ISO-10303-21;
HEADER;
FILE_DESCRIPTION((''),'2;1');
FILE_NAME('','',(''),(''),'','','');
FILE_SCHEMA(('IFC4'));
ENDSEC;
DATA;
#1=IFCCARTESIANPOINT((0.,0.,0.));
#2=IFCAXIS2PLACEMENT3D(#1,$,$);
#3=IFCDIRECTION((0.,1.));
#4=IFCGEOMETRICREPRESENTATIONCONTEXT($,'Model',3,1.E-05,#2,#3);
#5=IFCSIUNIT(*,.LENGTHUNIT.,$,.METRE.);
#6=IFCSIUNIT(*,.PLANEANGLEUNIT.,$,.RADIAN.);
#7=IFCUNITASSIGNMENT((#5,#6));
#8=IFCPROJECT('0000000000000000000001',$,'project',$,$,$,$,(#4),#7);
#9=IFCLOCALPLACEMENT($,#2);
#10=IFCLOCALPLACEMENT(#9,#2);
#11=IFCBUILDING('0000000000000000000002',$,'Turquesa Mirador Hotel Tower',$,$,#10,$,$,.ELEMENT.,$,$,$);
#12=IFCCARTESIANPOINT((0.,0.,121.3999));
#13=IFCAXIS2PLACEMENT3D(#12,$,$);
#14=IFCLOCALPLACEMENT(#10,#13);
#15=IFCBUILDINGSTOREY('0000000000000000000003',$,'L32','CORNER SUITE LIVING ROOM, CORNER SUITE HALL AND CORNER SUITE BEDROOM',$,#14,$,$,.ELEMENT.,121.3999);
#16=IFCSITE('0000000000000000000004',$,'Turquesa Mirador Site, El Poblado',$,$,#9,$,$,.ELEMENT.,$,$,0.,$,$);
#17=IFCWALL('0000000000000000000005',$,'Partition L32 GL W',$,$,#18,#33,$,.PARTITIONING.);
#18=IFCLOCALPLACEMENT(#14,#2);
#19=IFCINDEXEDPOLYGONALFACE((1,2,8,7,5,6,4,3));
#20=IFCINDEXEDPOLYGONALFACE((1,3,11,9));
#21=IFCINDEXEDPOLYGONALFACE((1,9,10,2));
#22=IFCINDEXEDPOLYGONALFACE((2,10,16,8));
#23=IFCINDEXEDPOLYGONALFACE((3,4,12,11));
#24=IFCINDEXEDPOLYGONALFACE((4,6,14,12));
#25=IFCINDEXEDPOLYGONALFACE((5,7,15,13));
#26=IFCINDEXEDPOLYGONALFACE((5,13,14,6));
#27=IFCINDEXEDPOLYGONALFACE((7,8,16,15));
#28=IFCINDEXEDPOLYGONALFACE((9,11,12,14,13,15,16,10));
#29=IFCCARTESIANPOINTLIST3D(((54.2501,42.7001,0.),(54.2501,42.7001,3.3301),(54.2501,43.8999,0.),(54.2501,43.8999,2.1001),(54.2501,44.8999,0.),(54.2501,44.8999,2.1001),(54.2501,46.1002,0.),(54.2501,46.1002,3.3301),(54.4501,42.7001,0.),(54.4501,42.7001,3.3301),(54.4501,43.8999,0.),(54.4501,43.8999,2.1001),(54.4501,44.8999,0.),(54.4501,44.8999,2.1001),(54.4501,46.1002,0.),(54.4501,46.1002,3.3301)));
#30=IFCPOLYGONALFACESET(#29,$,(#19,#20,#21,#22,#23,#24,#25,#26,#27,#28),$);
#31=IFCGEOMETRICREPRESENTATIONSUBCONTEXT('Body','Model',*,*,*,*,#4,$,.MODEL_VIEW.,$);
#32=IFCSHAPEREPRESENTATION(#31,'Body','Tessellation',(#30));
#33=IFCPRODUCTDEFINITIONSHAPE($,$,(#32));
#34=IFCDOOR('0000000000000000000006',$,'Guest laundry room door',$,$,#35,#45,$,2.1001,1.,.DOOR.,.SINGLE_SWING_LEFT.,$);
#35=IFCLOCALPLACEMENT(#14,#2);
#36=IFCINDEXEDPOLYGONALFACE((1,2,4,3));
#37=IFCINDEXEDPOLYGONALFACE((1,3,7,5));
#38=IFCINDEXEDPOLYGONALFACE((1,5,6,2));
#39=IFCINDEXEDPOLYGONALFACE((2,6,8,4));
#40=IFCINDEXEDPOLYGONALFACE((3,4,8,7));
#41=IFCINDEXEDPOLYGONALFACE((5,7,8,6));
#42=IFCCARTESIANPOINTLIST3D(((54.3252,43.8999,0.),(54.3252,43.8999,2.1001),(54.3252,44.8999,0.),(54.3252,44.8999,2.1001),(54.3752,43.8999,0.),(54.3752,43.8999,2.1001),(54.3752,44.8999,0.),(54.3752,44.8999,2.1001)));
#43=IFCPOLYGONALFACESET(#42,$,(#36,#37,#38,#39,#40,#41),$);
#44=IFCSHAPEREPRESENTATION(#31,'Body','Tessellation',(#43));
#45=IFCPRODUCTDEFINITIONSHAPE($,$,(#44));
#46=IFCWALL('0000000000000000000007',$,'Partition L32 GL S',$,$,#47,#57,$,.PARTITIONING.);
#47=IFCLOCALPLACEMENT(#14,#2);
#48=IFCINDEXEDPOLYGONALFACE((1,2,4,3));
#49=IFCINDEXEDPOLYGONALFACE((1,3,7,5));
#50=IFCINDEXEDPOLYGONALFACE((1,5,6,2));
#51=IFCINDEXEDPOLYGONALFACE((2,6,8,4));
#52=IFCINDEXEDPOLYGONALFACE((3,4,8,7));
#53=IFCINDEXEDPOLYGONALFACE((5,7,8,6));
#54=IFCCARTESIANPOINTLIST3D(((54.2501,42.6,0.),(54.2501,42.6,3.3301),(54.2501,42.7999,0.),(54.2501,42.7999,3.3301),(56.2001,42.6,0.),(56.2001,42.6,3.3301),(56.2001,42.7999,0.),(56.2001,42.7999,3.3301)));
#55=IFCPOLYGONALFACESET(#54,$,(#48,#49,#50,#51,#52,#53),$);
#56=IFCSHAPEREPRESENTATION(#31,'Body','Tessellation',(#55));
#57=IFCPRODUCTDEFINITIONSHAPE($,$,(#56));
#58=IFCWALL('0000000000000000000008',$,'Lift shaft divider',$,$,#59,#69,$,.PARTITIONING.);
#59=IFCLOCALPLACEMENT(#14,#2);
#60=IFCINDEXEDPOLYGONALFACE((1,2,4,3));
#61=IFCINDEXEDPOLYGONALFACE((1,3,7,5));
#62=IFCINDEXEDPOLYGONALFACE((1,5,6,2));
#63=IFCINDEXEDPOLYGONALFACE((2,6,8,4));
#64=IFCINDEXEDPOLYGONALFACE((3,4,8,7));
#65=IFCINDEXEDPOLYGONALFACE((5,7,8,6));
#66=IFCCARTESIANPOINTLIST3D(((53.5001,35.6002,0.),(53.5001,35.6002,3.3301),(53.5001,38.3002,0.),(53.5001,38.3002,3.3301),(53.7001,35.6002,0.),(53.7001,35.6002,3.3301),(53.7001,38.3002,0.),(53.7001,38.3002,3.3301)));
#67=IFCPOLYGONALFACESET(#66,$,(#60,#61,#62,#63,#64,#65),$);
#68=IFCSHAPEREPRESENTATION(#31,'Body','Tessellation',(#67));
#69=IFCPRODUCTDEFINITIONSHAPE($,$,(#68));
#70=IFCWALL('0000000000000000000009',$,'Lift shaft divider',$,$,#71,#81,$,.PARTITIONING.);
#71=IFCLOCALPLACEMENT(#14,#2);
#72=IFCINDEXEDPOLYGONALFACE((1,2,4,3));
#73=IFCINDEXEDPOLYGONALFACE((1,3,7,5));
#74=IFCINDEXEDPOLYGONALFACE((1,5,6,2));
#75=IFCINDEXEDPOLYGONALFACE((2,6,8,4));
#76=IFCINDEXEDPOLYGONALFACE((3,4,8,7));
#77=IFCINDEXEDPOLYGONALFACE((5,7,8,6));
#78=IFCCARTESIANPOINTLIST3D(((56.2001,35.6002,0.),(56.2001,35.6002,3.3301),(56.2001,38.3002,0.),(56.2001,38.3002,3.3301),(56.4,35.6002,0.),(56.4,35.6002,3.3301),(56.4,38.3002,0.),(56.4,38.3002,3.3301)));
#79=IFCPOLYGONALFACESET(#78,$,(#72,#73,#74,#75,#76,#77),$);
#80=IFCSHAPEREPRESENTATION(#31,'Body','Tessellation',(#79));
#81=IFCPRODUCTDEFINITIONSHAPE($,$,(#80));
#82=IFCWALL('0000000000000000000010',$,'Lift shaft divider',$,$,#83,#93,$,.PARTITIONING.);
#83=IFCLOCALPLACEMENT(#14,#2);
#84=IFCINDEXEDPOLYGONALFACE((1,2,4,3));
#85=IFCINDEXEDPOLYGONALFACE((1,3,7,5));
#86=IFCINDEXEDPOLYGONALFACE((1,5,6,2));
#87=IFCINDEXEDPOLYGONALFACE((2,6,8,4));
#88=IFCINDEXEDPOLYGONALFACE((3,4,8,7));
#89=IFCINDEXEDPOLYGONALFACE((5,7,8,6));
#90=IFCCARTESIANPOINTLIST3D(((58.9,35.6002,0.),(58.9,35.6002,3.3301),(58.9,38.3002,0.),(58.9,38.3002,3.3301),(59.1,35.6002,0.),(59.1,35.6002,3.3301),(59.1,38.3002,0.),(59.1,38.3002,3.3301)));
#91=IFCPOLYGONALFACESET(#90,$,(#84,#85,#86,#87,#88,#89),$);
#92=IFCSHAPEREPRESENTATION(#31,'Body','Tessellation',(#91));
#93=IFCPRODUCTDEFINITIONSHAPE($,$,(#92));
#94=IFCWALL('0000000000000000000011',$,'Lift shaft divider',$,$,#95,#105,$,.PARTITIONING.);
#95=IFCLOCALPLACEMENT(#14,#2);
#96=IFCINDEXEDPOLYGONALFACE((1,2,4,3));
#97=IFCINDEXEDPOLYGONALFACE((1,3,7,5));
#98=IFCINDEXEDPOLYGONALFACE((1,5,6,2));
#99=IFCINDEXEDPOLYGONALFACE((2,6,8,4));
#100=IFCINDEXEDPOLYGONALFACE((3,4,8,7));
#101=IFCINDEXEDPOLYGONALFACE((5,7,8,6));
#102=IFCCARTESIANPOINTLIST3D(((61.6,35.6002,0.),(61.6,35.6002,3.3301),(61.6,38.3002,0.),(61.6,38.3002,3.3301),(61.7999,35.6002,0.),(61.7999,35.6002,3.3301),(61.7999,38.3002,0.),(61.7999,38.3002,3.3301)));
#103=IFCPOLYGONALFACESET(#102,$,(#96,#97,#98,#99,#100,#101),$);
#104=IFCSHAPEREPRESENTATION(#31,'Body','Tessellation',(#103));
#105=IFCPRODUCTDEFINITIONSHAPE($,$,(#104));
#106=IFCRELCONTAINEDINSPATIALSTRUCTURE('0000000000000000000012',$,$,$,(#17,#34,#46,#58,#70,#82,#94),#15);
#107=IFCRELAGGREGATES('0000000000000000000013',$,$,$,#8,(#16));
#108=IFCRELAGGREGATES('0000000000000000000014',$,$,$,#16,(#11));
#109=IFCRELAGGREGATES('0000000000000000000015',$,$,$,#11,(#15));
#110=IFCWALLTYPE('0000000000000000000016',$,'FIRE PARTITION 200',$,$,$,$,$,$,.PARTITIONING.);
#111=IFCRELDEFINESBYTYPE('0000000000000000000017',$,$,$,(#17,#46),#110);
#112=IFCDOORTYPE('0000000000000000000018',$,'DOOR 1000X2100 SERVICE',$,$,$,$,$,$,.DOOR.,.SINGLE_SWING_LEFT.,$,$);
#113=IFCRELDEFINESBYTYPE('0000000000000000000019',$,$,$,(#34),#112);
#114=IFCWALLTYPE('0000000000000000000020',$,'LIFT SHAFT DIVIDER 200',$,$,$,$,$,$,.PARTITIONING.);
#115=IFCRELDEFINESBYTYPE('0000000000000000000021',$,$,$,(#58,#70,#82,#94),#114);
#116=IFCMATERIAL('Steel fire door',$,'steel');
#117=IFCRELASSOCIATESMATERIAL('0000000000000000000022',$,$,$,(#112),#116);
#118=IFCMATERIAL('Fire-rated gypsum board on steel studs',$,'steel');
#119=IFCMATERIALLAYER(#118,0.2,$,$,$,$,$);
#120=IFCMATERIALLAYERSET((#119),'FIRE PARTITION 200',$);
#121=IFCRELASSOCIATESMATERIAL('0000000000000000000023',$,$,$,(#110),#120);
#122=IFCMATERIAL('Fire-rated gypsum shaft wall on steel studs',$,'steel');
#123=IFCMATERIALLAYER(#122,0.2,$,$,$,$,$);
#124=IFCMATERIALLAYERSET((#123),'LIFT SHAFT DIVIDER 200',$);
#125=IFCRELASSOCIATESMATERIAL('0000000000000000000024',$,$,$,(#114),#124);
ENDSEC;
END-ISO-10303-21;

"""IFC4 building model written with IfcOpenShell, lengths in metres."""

from ifc_helpers import new_model, si_unit, direction, frame, frame_2d, origin, place, context, subcontext, project, spatial, rectangle, extrude, material, layer, layer_set, type_object, element, fill, save


model = new_model("IFC4")

# Units and contexts
model_context = context("Model", 3, precision=1e-05, world=origin(), true_north=direction((0.0, 1.0)))
body_context = subcontext(model_context, "Body", "Model", "MODEL_VIEW")
ifc_project = project(units=[si_unit("LENGTHUNIT", "METRE"), si_unit("PLANEANGLEUNIT", "RADIAN")], contexts=[model_context])

# Site, building, storey
site_placement = place(None, origin())
site = spatial("IfcSite", under=ifc_project, at=site_placement, Name="Turquesa Mirador Site, El Poblado", CompositionType="ELEMENT", RefElevation=0.0)
building_placement = place(site_placement, origin())
building = spatial("IfcBuilding", under=site, at=building_placement, Name="Turquesa Mirador Hotel Tower", CompositionType="ELEMENT")
storey_placement = place(building_placement, frame((0.0, 0.0, 121.3999)))
storey = spatial("IfcBuildingStorey", under=building, at=storey_placement, Name="L32", Description="CORNER SUITE LIVING ROOM, CORNER SUITE HALL AND CORNER SUITE BEDROOM", CompositionType="ELEMENT", Elevation=121.3999)

# Shared definitions
ifc_material_1 = material(Name="Steel fire door", Category="steel")
door_type_1 = type_object("IfcDoorType", Name="DOOR 1000X2100 SERVICE", OperationType="SINGLE_SWING_LEFT", PredefinedType="DOOR", material=ifc_material_1)

# Wall, opening, door
ifc_material_2 = material(Name="Fire-rated gypsum board on steel studs", Category="steel")
ifc_layer_1 = layer(ifc_material_2, 0.2)
ifc_layer_set_1 = layer_set([ifc_layer_1], Name="FIRE PARTITION 200")
wall_type_1 = type_object("IfcWallType", Name="FIRE PARTITION 200", PredefinedType="PARTITIONING", material=ifc_layer_set_1)
wall_1_placement = place(storey_placement, frame((54.3501, 42.7, 0.0), z_axis=(0.0, 0.0, 1.0), x_axis=(0.0, 1.0, 0.0)))
wall_1 = element("IfcWall", 1, at=wall_1_placement, inside=storey, type_object=wall_type_1, Name="Partition L32 GL W", PredefinedType="PARTITIONING", context=body_context, shape_type="SweptSolid", body=[
    extrude(rectangle(XDim=3.4001, YDim=0.2, at=frame_2d((1.7002, 0.0))), origin(), (0.0, 0.0, 1.0), 3.3301),
])
opening_1_placement = place(wall_1_placement, frame((1.2, 0.0, 0.0)))
opening_1 = element("IfcOpeningElement", 2, at=opening_1_placement, cuts=wall_1, PredefinedType="OPENING", context=body_context, shape_type="SweptSolid", body=[
    extrude(rectangle(XDim=1.0, YDim=2.1001, at=frame_2d((0.5, 1.05))), frame((0.0, 0.1099, 0.0), z_axis=(0.0, -1.0, 0.0), x_axis=(1.0, 0.0, 0.0)), (0.0, 0.0, 1.0), 0.22),
])
door_1_placement = place(opening_1_placement, origin())
door_1 = element("IfcDoor", 3, at=door_1_placement, inside=storey, type_object=door_type_1, Name="Guest laundry room door", OperationType="SINGLE_SWING_LEFT", OverallHeight=2.1001, OverallWidth=1.0, PredefinedType="DOOR", context=body_context, shape_type="SweptSolid", body=[
    extrude(rectangle(XDim=1.0, YDim=2.1001, at=frame_2d((0.5, 1.05))), frame((0.0, 0.0249, 0.0), z_axis=(0.0, -1.0, 0.0), x_axis=(1.0, 0.0, 0.0)), (0.0, 0.0, 1.0), 0.05),
])
fill(opening_1, door_1)

# Walls
wall_2_placement = place(storey_placement, frame((54.25, 42.7, 0.0), z_axis=(0.0, 0.0, 1.0), x_axis=(1.0, 0.0, 0.0)))
element("IfcWall", 4, at=wall_2_placement, inside=storey, type_object=wall_type_1, Name="Partition L32 GL S", PredefinedType="PARTITIONING", context=body_context, shape_type="SweptSolid", body=[
    extrude(rectangle(XDim=1.95, YDim=0.2, at=frame_2d((0.9751, 0.0))), origin(), (0.0, 0.0, 1.0), 3.3301),
])
ifc_material_3 = material(Name="Fire-rated gypsum shaft wall on steel studs", Category="steel")
ifc_layer_2 = layer(ifc_material_3, 0.2)
ifc_layer_set_2 = layer_set([ifc_layer_2], Name="LIFT SHAFT DIVIDER 200")
wall_type_2 = type_object("IfcWallType", Name="LIFT SHAFT DIVIDER 200", PredefinedType="PARTITIONING", material=ifc_layer_set_2)
for number, where, z_axis, x_axis, name in (
    (5, (53.6001, 35.6001, 0.0), (0.0, 0.0, 1.0), (0.0, 1.0, 0.0), "Lift shaft divider"),
    (6, (56.3, 35.6001, 0.0), (0.0, 0.0, 1.0), (0.0, 1.0, 0.0), "Lift shaft divider"),
    (7, (59.0, 35.6001, 0.0), (0.0, 0.0, 1.0), (0.0, 1.0, 0.0), "Lift shaft divider"),
    (8, (61.7, 35.6001, 0.0), (0.0, 0.0, 1.0), (0.0, 1.0, 0.0), "Lift shaft divider"),
):
    element("IfcWall", number, at=place(storey_placement, frame(where, z_axis=z_axis, x_axis=x_axis)), inside=storey, type_object=wall_type_2, Name=name, PredefinedType="PARTITIONING", context=body_context, shape_type="SweptSolid", body=[
        extrude(rectangle(XDim=2.7, YDim=0.2, at=frame_2d((1.3501, 0.0))), origin(), (0.0, 0.0, 1.0), 3.3301),
    ])

save(model, "model.ifc")
